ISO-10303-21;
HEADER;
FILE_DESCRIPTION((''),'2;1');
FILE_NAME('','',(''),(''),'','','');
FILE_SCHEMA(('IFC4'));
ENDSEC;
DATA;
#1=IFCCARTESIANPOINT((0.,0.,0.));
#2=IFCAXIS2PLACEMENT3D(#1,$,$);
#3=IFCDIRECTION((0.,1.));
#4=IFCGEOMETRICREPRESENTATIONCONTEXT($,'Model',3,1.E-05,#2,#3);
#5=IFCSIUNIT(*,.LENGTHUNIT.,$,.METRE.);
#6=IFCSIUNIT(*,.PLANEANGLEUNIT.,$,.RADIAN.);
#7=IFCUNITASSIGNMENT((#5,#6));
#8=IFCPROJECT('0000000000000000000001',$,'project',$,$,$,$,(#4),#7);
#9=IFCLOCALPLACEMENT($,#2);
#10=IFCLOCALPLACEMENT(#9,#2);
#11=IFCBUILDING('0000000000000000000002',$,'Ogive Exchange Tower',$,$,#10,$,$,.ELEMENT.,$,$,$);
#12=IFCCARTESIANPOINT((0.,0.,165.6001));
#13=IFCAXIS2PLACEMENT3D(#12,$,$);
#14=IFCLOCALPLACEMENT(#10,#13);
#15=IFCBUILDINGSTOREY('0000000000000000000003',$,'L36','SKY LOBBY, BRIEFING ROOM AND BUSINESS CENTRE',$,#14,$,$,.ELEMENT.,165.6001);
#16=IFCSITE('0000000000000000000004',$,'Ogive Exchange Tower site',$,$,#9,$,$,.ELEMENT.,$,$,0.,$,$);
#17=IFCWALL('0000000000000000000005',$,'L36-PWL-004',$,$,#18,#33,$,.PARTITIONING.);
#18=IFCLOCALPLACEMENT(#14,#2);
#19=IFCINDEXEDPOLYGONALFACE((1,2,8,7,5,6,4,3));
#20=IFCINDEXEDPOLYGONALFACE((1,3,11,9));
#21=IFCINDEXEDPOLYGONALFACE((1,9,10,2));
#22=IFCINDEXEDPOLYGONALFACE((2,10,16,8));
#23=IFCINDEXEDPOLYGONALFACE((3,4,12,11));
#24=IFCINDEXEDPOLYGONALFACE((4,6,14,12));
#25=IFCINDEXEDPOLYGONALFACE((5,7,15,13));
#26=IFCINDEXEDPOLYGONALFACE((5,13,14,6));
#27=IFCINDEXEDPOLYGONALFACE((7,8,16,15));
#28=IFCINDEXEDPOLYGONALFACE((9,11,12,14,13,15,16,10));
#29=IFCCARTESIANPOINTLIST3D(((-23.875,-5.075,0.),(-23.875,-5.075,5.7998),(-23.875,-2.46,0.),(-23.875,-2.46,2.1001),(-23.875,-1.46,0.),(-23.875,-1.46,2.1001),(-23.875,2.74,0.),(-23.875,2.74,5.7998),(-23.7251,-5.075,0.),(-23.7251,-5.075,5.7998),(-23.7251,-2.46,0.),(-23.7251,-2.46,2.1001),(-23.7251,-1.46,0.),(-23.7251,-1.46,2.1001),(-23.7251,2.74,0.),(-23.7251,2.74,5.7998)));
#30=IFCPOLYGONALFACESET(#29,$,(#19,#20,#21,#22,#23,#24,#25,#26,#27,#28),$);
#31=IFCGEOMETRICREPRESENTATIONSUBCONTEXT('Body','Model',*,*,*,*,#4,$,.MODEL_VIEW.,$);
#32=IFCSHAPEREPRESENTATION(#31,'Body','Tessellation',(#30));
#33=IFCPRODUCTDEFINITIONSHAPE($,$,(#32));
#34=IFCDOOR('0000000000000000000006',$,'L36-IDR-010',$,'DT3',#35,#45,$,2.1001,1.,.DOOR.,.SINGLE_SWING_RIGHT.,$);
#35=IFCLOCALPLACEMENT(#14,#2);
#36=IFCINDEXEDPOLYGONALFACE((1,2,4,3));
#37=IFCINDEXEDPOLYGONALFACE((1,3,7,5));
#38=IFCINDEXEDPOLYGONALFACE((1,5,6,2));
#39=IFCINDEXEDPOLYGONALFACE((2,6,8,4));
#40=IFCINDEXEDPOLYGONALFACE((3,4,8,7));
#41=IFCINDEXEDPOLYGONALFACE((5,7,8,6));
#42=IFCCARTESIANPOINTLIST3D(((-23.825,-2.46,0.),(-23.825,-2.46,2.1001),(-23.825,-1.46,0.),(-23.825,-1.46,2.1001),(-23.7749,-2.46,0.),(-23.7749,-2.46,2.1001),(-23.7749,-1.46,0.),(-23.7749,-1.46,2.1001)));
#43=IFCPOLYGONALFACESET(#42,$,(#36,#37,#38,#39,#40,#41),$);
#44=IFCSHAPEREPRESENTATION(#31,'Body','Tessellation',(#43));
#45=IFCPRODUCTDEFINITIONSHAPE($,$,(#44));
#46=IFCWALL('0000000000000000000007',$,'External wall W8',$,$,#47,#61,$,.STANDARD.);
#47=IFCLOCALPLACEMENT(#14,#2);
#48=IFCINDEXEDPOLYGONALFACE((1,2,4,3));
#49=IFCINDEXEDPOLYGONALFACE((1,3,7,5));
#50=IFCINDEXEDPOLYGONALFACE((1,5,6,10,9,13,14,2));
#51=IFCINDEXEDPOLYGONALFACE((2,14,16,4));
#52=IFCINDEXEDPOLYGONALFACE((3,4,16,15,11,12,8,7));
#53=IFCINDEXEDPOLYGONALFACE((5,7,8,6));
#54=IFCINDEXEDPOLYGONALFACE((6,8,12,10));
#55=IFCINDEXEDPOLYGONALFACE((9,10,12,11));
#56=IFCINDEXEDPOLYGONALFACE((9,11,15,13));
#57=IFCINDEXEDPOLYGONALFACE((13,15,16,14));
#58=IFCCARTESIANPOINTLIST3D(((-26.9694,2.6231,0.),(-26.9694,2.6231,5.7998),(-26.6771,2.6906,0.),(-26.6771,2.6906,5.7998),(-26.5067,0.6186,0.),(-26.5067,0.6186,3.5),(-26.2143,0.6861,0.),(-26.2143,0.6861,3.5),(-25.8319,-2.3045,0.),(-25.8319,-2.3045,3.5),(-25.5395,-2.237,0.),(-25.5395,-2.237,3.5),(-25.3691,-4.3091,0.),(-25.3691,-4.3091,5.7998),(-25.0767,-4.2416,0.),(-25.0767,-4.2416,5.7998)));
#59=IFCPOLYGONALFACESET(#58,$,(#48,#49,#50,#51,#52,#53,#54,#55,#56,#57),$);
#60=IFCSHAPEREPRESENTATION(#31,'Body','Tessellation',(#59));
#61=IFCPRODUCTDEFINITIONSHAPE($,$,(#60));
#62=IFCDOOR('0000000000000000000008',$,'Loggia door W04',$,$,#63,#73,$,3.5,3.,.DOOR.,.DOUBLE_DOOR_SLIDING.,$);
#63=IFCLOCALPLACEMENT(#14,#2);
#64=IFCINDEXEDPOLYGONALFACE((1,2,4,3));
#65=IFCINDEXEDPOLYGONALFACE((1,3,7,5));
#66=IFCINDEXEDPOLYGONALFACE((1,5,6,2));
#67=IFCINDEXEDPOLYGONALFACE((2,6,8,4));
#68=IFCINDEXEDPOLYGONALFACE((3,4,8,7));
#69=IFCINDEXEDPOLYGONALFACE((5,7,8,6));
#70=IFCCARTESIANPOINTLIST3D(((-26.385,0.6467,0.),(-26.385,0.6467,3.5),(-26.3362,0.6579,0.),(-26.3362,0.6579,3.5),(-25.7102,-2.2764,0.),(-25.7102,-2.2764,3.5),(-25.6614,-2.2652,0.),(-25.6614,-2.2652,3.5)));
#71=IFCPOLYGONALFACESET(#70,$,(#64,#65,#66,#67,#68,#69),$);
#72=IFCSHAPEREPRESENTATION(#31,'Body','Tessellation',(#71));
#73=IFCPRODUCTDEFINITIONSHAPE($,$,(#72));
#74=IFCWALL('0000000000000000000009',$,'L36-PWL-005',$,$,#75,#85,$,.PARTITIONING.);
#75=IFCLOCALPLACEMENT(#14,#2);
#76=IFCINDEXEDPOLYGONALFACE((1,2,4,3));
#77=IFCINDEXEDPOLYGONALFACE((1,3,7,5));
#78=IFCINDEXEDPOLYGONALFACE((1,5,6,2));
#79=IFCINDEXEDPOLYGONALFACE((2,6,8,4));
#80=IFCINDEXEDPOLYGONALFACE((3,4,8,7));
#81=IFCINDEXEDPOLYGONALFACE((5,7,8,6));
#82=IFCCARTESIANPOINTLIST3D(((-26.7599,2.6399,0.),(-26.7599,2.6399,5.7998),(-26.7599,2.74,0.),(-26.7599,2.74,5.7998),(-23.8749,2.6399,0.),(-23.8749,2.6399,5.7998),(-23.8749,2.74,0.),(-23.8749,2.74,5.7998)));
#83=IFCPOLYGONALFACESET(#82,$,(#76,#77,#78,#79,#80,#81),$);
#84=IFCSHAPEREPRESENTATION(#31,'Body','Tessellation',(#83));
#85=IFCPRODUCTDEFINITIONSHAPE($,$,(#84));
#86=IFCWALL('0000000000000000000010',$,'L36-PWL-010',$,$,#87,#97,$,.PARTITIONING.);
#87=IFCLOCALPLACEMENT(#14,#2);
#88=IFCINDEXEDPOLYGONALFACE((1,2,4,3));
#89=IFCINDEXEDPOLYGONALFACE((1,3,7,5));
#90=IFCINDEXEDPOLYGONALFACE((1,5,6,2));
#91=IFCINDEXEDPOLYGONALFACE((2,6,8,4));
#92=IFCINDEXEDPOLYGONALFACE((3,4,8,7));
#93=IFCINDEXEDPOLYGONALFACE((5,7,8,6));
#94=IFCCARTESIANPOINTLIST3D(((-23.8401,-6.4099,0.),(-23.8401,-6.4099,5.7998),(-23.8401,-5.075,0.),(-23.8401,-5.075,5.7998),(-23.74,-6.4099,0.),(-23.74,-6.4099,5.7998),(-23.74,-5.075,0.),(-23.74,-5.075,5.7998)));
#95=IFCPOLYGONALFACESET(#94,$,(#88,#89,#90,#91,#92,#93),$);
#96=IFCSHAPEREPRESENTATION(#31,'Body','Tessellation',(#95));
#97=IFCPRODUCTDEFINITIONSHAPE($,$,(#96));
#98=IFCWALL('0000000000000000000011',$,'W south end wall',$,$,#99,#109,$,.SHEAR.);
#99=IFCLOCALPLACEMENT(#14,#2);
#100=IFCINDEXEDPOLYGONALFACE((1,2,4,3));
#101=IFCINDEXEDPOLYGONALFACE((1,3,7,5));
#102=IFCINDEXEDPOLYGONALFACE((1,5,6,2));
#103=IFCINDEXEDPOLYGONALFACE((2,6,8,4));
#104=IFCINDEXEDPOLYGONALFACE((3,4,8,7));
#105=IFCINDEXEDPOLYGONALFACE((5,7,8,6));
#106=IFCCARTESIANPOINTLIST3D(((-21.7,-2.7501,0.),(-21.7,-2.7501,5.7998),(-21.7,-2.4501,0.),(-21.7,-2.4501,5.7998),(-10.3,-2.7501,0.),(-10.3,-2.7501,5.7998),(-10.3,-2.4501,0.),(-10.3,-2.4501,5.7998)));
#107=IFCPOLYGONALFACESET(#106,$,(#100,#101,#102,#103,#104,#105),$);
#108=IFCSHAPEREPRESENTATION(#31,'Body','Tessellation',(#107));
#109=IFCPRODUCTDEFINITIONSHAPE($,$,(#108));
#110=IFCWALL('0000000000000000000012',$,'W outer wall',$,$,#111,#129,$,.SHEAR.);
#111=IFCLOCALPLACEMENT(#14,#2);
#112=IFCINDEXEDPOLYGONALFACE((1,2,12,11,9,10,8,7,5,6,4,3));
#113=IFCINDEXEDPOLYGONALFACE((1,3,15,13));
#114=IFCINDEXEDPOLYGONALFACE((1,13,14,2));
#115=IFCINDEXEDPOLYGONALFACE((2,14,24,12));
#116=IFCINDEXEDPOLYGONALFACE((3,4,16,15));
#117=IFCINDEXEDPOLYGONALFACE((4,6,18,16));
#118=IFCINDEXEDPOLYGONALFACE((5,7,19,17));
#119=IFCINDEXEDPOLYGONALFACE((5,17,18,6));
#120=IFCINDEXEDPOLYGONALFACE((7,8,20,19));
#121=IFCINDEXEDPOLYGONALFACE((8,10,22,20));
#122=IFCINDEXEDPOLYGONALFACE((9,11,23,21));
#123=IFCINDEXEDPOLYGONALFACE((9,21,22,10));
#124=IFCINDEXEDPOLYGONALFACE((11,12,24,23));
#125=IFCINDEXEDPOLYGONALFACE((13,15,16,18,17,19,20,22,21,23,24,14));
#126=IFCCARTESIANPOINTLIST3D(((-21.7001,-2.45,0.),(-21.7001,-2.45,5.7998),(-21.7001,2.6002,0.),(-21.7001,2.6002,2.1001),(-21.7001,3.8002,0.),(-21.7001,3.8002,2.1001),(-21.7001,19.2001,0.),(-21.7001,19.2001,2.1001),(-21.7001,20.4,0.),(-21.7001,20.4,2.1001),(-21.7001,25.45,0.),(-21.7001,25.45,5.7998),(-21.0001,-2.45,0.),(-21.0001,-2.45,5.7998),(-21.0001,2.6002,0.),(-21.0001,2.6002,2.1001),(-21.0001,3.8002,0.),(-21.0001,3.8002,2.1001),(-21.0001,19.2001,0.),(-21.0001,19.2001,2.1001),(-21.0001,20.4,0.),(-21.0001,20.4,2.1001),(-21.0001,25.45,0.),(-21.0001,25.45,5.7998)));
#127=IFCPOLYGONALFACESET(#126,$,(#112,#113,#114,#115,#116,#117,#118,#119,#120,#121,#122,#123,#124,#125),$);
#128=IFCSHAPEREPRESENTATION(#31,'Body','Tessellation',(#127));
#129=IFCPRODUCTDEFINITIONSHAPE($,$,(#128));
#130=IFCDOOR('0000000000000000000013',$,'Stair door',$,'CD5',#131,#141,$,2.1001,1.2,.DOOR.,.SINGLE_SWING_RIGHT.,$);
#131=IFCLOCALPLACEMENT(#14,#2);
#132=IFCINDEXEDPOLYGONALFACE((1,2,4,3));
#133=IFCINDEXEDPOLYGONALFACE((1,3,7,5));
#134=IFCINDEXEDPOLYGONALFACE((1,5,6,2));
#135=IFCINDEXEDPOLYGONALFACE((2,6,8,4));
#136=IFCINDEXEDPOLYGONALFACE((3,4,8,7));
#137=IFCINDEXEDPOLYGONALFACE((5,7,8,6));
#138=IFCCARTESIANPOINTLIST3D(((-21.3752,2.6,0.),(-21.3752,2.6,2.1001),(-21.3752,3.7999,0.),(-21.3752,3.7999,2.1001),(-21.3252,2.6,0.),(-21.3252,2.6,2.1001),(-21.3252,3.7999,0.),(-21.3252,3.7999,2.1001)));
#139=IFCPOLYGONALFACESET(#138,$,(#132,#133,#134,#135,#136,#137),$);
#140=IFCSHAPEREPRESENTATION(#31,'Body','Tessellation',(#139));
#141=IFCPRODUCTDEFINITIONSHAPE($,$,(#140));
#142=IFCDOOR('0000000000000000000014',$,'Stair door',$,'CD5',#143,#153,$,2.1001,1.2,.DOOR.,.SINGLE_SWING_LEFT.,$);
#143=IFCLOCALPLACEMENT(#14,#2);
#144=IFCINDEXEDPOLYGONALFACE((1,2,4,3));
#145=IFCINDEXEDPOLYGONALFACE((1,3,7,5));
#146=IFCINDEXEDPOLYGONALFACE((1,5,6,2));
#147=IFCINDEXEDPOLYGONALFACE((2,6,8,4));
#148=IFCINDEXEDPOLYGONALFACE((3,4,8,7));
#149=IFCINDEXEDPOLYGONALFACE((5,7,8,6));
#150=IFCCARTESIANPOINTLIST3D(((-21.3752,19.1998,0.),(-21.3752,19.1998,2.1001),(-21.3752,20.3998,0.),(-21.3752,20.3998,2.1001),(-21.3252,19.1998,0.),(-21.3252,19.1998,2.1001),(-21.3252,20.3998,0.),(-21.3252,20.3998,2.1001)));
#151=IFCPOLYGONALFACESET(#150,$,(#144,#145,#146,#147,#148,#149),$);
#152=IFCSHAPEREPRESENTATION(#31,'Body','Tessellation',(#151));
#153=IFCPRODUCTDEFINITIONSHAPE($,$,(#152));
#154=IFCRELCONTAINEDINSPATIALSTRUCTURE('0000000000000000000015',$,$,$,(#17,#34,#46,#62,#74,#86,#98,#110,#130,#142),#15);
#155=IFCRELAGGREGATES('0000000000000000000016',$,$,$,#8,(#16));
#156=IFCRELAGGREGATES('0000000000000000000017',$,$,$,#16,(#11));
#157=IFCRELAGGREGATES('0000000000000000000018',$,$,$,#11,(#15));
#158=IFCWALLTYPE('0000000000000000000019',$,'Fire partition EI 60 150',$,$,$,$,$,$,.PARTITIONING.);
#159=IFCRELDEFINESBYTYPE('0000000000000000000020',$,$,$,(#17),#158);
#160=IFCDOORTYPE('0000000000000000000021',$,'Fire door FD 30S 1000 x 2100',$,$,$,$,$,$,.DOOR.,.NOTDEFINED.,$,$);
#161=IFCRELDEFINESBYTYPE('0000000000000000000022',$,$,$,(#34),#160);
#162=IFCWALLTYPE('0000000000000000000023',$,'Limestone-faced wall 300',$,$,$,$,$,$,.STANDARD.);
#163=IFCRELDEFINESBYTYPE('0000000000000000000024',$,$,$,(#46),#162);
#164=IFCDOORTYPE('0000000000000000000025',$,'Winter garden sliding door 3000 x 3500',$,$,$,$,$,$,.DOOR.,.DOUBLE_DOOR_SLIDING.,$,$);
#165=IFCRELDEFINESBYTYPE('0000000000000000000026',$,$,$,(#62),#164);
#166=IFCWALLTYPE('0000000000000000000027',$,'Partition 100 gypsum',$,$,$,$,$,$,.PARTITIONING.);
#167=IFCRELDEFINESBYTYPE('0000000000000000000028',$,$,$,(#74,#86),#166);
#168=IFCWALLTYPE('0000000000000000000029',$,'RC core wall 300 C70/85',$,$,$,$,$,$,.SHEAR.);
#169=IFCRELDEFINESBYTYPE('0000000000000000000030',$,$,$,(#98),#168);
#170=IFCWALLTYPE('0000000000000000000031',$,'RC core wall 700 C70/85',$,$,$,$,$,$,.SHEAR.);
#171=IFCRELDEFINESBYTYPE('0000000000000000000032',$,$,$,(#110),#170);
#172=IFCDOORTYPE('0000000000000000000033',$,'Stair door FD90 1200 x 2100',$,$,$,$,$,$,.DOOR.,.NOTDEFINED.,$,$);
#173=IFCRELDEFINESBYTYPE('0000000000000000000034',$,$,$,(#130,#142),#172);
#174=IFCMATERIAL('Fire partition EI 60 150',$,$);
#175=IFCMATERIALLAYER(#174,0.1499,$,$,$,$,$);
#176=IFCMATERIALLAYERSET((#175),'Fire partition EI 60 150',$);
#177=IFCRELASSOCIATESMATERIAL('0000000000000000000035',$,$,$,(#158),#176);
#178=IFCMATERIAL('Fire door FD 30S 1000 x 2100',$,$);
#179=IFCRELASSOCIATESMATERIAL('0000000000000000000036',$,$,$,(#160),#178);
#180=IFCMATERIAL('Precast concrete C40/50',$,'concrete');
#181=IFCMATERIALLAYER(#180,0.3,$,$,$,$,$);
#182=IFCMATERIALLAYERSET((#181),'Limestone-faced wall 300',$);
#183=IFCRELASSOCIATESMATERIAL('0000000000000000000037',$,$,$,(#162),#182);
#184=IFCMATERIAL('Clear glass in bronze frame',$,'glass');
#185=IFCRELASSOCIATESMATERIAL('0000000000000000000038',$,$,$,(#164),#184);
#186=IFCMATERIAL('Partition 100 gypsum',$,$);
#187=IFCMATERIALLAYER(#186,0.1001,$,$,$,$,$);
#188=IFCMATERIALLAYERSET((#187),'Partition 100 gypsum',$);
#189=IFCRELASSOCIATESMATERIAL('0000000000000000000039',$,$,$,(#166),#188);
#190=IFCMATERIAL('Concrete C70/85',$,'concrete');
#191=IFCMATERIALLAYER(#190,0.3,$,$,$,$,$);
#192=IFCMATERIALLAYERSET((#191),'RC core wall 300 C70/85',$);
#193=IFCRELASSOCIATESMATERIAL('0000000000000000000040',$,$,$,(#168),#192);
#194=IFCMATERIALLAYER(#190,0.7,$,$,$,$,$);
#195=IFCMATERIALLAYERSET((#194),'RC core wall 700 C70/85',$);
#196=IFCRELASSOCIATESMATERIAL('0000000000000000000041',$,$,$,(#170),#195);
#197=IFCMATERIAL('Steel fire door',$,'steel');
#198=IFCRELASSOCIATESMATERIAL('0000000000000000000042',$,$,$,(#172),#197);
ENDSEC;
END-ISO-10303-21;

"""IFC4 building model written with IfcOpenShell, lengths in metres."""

from ifc_helpers import new_model, si_unit, direction, frame, frame_2d, origin, place, context, subcontext, project, spatial, rectangle, extrude, material, layer, layer_set, type_object, element, fill, save


model = new_model("IFC4")

# Units and contexts
model_context = context("Model", 3, precision=1e-05, world=origin(), true_north=direction((0.0, 1.0)))
body_context = subcontext(model_context, "Body", "Model", "MODEL_VIEW")
ifc_project = project(units=[si_unit("LENGTHUNIT", "METRE"), si_unit("PLANEANGLEUNIT", "RADIAN")], contexts=[model_context])

# Site, building, storey
site_placement = place(None, origin())
site = spatial("IfcSite", under=ifc_project, at=site_placement, Name="Ogive Exchange Tower site", CompositionType="ELEMENT", RefElevation=0.0)
building_placement = place(site_placement, origin())
building = spatial("IfcBuilding", under=site, at=building_placement, Name="Ogive Exchange Tower", CompositionType="ELEMENT")
storey_placement = place(building_placement, frame((0.0, 0.0, 165.6001)))
storey = spatial("IfcBuildingStorey", under=building, at=storey_placement, Name="L36", Description="SKY LOBBY, BRIEFING ROOM AND BUSINESS CENTRE", CompositionType="ELEMENT", Elevation=165.6001)

# Walls, openings, doors
ifc_material_1 = material(Name="Fire partition EI 60 150")
ifc_layer_1 = layer(ifc_material_1, 0.1499)
ifc_layer_set_1 = layer_set([ifc_layer_1], Name="Fire partition EI 60 150")
wall_type_1 = type_object("IfcWallType", Name="Fire partition EI 60 150", PredefinedType="PARTITIONING", material=ifc_layer_set_1)
wall_1_placement = place(storey_placement, frame((-23.8, -5.075, 0.0), z_axis=(0.0, 0.0, 1.0), x_axis=(0.0, 1.0, 0.0)))
wall_1 = element("IfcWall", 1, at=wall_1_placement, inside=storey, type_object=wall_type_1, Name="L36-PWL-004", PredefinedType="PARTITIONING", context=body_context, shape_type="SweptSolid", body=[
    extrude(rectangle(XDim=7.8149, YDim=0.1499, at=frame_2d((3.9075, 0.0))), origin(), (0.0, 0.0, 1.0), 5.7998),
])
opening_1_placement = place(wall_1_placement, frame((2.615, 0.0, 0.0)))
opening_1 = element("IfcOpeningElement", 2, at=opening_1_placement, cuts=wall_1, PredefinedType="OPENING", context=body_context, shape_type="SweptSolid", body=[
    extrude(rectangle(XDim=1.0, YDim=2.1001, at=frame_2d((0.5, 1.05))), frame((0.0, 0.085, 0.0), z_axis=(0.0, -1.0, 0.0), x_axis=(1.0, 0.0, 0.0)), (0.0, 0.0, 1.0), 0.1699),
])
ifc_material_2 = material(Name="Fire door FD 30S 1000 x 2100")
door_type_1 = type_object("IfcDoorType", Name="Fire door FD 30S 1000 x 2100", OperationType="NOTDEFINED", PredefinedType="DOOR", material=ifc_material_2)
door_1_placement = place(opening_1_placement, origin())
door_1 = element("IfcDoor", 3, at=door_1_placement, inside=storey, type_object=door_type_1, Name="L36-IDR-010", ObjectType="DT3", OperationType="SINGLE_SWING_RIGHT", OverallHeight=2.1001, OverallWidth=1.0, PredefinedType="DOOR", context=body_context, shape_type="SweptSolid", body=[
    extrude(rectangle(XDim=1.0, YDim=2.1001, at=frame_2d((0.5, 1.05))), frame((0.0, 0.0249, 0.0), z_axis=(0.0, -1.0, 0.0), x_axis=(1.0, 0.0, 0.0)), (0.0, 0.0, 1.0), 0.05),
])
fill(opening_1, door_1)
ifc_material_3 = material(Name="Precast concrete C40/50", Category="concrete")
ifc_layer_2 = layer(ifc_material_3, 0.3)
ifc_layer_set_2 = layer_set([ifc_layer_2], Name="Limestone-faced wall 300")
wall_type_2 = type_object("IfcWallType", Name="Limestone-faced wall 300", PredefinedType="STANDARD", material=ifc_layer_set_2)
wall_2_placement = place(storey_placement, frame((-26.8232, 2.6567, 0.0), z_axis=(0.0, 0.0, 1.0), x_axis=(0.224942, -0.974372, 0.0)))
wall_2 = element("IfcWall", 4, at=wall_2_placement, inside=storey, type_object=wall_type_2, Name="External wall W8", PredefinedType="STANDARD", context=body_context, shape_type="SweptSolid", body=[
    extrude(rectangle(XDim=7.1145, YDim=0.3, at=frame_2d((3.5571, 0.0))), origin(), (0.0, 0.0, 1.0), 5.7998),
])
opening_2_placement = place(wall_2_placement, frame((2.0571, 0.0, 0.0)))
opening_2 = element("IfcOpeningElement", 5, at=opening_2_placement, cuts=wall_2, PredefinedType="OPENING", context=body_context, shape_type="SweptSolid", body=[
    extrude(rectangle(XDim=3.0, YDim=3.5, at=frame_2d((1.5, 1.75))), frame((0.0, 0.1599, 0.0), z_axis=(0.0, -1.0, 0.0), x_axis=(1.0, 0.0, 0.0)), (0.0, 0.0, 1.0), 0.3201),
])
ifc_material_4 = material(Name="Clear glass in bronze frame", Category="glass")
door_type_2 = type_object("IfcDoorType", Name="Winter garden sliding door 3000 x 3500", OperationType="DOUBLE_DOOR_SLIDING", PredefinedType="DOOR", material=ifc_material_4)
door_2_placement = place(opening_2_placement, origin())
door_2 = element("IfcDoor", 6, at=door_2_placement, inside=storey, type_object=door_type_2, Name="Loggia door W04", OperationType="DOUBLE_DOOR_SLIDING", OverallHeight=3.5, OverallWidth=3.0, PredefinedType="DOOR", context=body_context, shape_type="SweptSolid", body=[
    extrude(rectangle(XDim=3.0, YDim=3.5, at=frame_2d((1.5, 1.75))), frame((0.0, 0.0249, 0.0), z_axis=(0.0, -1.0, 0.0), x_axis=(1.0, 0.0, 0.0)), (0.0, 0.0, 1.0), 0.05),
])
fill(opening_2, door_2)

# Walls
ifc_material_5 = material(Name="Partition 100 gypsum")
ifc_layer_3 = layer(ifc_material_5, 0.1001)
ifc_layer_set_3 = layer_set([ifc_layer_3], Name="Partition 100 gypsum")
wall_type_3 = type_object("IfcWallType", Name="Partition 100 gypsum", PredefinedType="PARTITIONING", material=ifc_layer_set_3)
wall_3_placement = place(storey_placement, frame((-23.875, 2.6899, 0.0), z_axis=(0.0, 0.0, 1.0), x_axis=(-1.0, 0.0, 0.0)))
element("IfcWall", 7, at=wall_3_placement, inside=storey, type_object=wall_type_3, Name="L36-PWL-005", PredefinedType="PARTITIONING", context=body_context, shape_type="SweptSolid", body=[
    extrude(rectangle(XDim=2.885, YDim=0.1001, at=frame_2d((1.4424, 0.0))), origin(), (0.0, 0.0, 1.0), 5.7998),
])
wall_4_placement = place(storey_placement, frame((-23.79, -5.075, 0.0), z_axis=(0.0, 0.0, 1.0), x_axis=(0.0, -1.0, 0.0)))
element("IfcWall", 8, at=wall_4_placement, inside=storey, type_object=wall_type_3, Name="L36-PWL-010", PredefinedType="PARTITIONING", context=body_context, shape_type="SweptSolid", body=[
    extrude(rectangle(XDim=1.335, YDim=0.1001, at=frame_2d((0.6675, 0.0))), origin(), (0.0, 0.0, 1.0), 5.7998),
])
ifc_material_6 = material(Name="Concrete C70/85", Category="concrete")
ifc_layer_4 = layer(ifc_material_6, 0.3)
ifc_layer_set_4 = layer_set([ifc_layer_4], Name="RC core wall 300 C70/85")
wall_type_4 = type_object("IfcWallType", Name="RC core wall 300 C70/85", PredefinedType="SHEAR", material=ifc_layer_set_4)
wall_5_placement = place(storey_placement, frame((-21.7, -2.6001, 0.0), z_axis=(0.0, 0.0, 1.0), x_axis=(1.0, 0.0, 0.0)))
element("IfcWall", 9, at=wall_5_placement, inside=storey, type_object=wall_type_4, Name="W south end wall", PredefinedType="SHEAR", context=body_context, shape_type="SweptSolid", body=[
    extrude(rectangle(XDim=11.3999, YDim=0.3, at=frame_2d((5.7, 0.0))), origin(), (0.0, 0.0, 1.0), 5.7998),
])

# Wall, openings, doors
ifc_layer_5 = layer(ifc_material_6, 0.7)
ifc_layer_set_5 = layer_set([ifc_layer_5], Name="RC core wall 700 C70/85")
wall_type_5 = type_object("IfcWallType", Name="RC core wall 700 C70/85", PredefinedType="SHEAR", material=ifc_layer_set_5)
wall_6_placement = place(storey_placement, frame((-21.3501, -2.45, 0.0), z_axis=(0.0, 0.0, 1.0), x_axis=(0.0, 1.0, 0.0)))
wall_6 = element("IfcWall", 10, at=wall_6_placement, inside=storey, type_object=wall_type_5, Name="W outer wall", PredefinedType="SHEAR", context=body_context, shape_type="SweptSolid", body=[
    extrude(rectangle(XDim=27.8999, YDim=0.7, at=frame_2d((13.95, 0.0))), origin(), (0.0, 0.0, 1.0), 5.7998),
])
opening_3_placement = place(wall_6_placement, frame((5.05, 0.0, 0.0)))
opening_3 = element("IfcOpeningElement", 11, at=opening_3_placement, cuts=wall_6, PredefinedType="OPENING", context=body_context, shape_type="SweptSolid", body=[
    extrude(rectangle(XDim=1.2, YDim=2.1001, at=frame_2d((0.6001, 1.05))), frame((0.0, 0.3599, 0.0), z_axis=(0.0, -1.0, 0.0), x_axis=(1.0, 0.0, 0.0)), (0.0, 0.0, 1.0), 0.72),
])
opening_4_placement = place(wall_6_placement, frame((21.6499, 0.0, 0.0)))
opening_4 = element("IfcOpeningElement", 12, at=opening_4_placement, cuts=wall_6, PredefinedType="OPENING", context=body_context, shape_type="SweptSolid", body=[
    extrude(rectangle(XDim=1.2, YDim=2.1001, at=frame_2d((0.6001, 1.05))), frame((0.0, 0.3599, 0.0), z_axis=(0.0, -1.0, 0.0), x_axis=(1.0, 0.0, 0.0)), (0.0, 0.0, 1.0), 0.72),
])
ifc_material_7 = material(Name="Steel fire door", Category="steel")
door_type_3 = type_object("IfcDoorType", Name="Stair door FD90 1200 x 2100", OperationType="NOTDEFINED", PredefinedType="DOOR", material=ifc_material_7)
door_3_placement = place(opening_3_placement, frame((1.2, 0.0, 0.0), z_axis=(0.0, 0.0, 1.0), x_axis=(-1.0, 0.0, 0.0)))
door_3 = element("IfcDoor", 13, at=door_3_placement, inside=storey, type_object=door_type_3, Name="Stair door", ObjectType="CD5", OperationType="SINGLE_SWING_RIGHT", OverallHeight=2.1001, OverallWidth=1.2, PredefinedType="DOOR", context=body_context, shape_type="SweptSolid", body=[
    extrude(rectangle(XDim=1.2, YDim=2.1001, at=frame_2d((0.6001, 1.05))), frame((0.0, 0.0249, 0.0), z_axis=(0.0, -1.0, 0.0), x_axis=(1.0, 0.0, 0.0)), (0.0, 0.0, 1.0), 0.05),
])
fill(opening_3, door_3)
door_4_placement = place(opening_4_placement, frame((1.2, 0.0, 0.0), z_axis=(0.0, 0.0, 1.0), x_axis=(-1.0, 0.0, 0.0)))
door_4 = element("IfcDoor", 14, at=door_4_placement, inside=storey, type_object=door_type_3, Name="Stair door", ObjectType="CD5", OperationType="SINGLE_SWING_LEFT", OverallHeight=2.1001, OverallWidth=1.2, PredefinedType="DOOR", context=body_context, shape_type="SweptSolid", body=[
    extrude(rectangle(XDim=1.2, YDim=2.1001, at=frame_2d((0.6001, 1.05))), frame((0.0, 0.0249, 0.0), z_axis=(0.0, -1.0, 0.0), x_axis=(1.0, 0.0, 0.0)), (0.0, 0.0, 1.0), 0.05),
])
fill(opening_4, door_4)

save(model, "model.ifc")
